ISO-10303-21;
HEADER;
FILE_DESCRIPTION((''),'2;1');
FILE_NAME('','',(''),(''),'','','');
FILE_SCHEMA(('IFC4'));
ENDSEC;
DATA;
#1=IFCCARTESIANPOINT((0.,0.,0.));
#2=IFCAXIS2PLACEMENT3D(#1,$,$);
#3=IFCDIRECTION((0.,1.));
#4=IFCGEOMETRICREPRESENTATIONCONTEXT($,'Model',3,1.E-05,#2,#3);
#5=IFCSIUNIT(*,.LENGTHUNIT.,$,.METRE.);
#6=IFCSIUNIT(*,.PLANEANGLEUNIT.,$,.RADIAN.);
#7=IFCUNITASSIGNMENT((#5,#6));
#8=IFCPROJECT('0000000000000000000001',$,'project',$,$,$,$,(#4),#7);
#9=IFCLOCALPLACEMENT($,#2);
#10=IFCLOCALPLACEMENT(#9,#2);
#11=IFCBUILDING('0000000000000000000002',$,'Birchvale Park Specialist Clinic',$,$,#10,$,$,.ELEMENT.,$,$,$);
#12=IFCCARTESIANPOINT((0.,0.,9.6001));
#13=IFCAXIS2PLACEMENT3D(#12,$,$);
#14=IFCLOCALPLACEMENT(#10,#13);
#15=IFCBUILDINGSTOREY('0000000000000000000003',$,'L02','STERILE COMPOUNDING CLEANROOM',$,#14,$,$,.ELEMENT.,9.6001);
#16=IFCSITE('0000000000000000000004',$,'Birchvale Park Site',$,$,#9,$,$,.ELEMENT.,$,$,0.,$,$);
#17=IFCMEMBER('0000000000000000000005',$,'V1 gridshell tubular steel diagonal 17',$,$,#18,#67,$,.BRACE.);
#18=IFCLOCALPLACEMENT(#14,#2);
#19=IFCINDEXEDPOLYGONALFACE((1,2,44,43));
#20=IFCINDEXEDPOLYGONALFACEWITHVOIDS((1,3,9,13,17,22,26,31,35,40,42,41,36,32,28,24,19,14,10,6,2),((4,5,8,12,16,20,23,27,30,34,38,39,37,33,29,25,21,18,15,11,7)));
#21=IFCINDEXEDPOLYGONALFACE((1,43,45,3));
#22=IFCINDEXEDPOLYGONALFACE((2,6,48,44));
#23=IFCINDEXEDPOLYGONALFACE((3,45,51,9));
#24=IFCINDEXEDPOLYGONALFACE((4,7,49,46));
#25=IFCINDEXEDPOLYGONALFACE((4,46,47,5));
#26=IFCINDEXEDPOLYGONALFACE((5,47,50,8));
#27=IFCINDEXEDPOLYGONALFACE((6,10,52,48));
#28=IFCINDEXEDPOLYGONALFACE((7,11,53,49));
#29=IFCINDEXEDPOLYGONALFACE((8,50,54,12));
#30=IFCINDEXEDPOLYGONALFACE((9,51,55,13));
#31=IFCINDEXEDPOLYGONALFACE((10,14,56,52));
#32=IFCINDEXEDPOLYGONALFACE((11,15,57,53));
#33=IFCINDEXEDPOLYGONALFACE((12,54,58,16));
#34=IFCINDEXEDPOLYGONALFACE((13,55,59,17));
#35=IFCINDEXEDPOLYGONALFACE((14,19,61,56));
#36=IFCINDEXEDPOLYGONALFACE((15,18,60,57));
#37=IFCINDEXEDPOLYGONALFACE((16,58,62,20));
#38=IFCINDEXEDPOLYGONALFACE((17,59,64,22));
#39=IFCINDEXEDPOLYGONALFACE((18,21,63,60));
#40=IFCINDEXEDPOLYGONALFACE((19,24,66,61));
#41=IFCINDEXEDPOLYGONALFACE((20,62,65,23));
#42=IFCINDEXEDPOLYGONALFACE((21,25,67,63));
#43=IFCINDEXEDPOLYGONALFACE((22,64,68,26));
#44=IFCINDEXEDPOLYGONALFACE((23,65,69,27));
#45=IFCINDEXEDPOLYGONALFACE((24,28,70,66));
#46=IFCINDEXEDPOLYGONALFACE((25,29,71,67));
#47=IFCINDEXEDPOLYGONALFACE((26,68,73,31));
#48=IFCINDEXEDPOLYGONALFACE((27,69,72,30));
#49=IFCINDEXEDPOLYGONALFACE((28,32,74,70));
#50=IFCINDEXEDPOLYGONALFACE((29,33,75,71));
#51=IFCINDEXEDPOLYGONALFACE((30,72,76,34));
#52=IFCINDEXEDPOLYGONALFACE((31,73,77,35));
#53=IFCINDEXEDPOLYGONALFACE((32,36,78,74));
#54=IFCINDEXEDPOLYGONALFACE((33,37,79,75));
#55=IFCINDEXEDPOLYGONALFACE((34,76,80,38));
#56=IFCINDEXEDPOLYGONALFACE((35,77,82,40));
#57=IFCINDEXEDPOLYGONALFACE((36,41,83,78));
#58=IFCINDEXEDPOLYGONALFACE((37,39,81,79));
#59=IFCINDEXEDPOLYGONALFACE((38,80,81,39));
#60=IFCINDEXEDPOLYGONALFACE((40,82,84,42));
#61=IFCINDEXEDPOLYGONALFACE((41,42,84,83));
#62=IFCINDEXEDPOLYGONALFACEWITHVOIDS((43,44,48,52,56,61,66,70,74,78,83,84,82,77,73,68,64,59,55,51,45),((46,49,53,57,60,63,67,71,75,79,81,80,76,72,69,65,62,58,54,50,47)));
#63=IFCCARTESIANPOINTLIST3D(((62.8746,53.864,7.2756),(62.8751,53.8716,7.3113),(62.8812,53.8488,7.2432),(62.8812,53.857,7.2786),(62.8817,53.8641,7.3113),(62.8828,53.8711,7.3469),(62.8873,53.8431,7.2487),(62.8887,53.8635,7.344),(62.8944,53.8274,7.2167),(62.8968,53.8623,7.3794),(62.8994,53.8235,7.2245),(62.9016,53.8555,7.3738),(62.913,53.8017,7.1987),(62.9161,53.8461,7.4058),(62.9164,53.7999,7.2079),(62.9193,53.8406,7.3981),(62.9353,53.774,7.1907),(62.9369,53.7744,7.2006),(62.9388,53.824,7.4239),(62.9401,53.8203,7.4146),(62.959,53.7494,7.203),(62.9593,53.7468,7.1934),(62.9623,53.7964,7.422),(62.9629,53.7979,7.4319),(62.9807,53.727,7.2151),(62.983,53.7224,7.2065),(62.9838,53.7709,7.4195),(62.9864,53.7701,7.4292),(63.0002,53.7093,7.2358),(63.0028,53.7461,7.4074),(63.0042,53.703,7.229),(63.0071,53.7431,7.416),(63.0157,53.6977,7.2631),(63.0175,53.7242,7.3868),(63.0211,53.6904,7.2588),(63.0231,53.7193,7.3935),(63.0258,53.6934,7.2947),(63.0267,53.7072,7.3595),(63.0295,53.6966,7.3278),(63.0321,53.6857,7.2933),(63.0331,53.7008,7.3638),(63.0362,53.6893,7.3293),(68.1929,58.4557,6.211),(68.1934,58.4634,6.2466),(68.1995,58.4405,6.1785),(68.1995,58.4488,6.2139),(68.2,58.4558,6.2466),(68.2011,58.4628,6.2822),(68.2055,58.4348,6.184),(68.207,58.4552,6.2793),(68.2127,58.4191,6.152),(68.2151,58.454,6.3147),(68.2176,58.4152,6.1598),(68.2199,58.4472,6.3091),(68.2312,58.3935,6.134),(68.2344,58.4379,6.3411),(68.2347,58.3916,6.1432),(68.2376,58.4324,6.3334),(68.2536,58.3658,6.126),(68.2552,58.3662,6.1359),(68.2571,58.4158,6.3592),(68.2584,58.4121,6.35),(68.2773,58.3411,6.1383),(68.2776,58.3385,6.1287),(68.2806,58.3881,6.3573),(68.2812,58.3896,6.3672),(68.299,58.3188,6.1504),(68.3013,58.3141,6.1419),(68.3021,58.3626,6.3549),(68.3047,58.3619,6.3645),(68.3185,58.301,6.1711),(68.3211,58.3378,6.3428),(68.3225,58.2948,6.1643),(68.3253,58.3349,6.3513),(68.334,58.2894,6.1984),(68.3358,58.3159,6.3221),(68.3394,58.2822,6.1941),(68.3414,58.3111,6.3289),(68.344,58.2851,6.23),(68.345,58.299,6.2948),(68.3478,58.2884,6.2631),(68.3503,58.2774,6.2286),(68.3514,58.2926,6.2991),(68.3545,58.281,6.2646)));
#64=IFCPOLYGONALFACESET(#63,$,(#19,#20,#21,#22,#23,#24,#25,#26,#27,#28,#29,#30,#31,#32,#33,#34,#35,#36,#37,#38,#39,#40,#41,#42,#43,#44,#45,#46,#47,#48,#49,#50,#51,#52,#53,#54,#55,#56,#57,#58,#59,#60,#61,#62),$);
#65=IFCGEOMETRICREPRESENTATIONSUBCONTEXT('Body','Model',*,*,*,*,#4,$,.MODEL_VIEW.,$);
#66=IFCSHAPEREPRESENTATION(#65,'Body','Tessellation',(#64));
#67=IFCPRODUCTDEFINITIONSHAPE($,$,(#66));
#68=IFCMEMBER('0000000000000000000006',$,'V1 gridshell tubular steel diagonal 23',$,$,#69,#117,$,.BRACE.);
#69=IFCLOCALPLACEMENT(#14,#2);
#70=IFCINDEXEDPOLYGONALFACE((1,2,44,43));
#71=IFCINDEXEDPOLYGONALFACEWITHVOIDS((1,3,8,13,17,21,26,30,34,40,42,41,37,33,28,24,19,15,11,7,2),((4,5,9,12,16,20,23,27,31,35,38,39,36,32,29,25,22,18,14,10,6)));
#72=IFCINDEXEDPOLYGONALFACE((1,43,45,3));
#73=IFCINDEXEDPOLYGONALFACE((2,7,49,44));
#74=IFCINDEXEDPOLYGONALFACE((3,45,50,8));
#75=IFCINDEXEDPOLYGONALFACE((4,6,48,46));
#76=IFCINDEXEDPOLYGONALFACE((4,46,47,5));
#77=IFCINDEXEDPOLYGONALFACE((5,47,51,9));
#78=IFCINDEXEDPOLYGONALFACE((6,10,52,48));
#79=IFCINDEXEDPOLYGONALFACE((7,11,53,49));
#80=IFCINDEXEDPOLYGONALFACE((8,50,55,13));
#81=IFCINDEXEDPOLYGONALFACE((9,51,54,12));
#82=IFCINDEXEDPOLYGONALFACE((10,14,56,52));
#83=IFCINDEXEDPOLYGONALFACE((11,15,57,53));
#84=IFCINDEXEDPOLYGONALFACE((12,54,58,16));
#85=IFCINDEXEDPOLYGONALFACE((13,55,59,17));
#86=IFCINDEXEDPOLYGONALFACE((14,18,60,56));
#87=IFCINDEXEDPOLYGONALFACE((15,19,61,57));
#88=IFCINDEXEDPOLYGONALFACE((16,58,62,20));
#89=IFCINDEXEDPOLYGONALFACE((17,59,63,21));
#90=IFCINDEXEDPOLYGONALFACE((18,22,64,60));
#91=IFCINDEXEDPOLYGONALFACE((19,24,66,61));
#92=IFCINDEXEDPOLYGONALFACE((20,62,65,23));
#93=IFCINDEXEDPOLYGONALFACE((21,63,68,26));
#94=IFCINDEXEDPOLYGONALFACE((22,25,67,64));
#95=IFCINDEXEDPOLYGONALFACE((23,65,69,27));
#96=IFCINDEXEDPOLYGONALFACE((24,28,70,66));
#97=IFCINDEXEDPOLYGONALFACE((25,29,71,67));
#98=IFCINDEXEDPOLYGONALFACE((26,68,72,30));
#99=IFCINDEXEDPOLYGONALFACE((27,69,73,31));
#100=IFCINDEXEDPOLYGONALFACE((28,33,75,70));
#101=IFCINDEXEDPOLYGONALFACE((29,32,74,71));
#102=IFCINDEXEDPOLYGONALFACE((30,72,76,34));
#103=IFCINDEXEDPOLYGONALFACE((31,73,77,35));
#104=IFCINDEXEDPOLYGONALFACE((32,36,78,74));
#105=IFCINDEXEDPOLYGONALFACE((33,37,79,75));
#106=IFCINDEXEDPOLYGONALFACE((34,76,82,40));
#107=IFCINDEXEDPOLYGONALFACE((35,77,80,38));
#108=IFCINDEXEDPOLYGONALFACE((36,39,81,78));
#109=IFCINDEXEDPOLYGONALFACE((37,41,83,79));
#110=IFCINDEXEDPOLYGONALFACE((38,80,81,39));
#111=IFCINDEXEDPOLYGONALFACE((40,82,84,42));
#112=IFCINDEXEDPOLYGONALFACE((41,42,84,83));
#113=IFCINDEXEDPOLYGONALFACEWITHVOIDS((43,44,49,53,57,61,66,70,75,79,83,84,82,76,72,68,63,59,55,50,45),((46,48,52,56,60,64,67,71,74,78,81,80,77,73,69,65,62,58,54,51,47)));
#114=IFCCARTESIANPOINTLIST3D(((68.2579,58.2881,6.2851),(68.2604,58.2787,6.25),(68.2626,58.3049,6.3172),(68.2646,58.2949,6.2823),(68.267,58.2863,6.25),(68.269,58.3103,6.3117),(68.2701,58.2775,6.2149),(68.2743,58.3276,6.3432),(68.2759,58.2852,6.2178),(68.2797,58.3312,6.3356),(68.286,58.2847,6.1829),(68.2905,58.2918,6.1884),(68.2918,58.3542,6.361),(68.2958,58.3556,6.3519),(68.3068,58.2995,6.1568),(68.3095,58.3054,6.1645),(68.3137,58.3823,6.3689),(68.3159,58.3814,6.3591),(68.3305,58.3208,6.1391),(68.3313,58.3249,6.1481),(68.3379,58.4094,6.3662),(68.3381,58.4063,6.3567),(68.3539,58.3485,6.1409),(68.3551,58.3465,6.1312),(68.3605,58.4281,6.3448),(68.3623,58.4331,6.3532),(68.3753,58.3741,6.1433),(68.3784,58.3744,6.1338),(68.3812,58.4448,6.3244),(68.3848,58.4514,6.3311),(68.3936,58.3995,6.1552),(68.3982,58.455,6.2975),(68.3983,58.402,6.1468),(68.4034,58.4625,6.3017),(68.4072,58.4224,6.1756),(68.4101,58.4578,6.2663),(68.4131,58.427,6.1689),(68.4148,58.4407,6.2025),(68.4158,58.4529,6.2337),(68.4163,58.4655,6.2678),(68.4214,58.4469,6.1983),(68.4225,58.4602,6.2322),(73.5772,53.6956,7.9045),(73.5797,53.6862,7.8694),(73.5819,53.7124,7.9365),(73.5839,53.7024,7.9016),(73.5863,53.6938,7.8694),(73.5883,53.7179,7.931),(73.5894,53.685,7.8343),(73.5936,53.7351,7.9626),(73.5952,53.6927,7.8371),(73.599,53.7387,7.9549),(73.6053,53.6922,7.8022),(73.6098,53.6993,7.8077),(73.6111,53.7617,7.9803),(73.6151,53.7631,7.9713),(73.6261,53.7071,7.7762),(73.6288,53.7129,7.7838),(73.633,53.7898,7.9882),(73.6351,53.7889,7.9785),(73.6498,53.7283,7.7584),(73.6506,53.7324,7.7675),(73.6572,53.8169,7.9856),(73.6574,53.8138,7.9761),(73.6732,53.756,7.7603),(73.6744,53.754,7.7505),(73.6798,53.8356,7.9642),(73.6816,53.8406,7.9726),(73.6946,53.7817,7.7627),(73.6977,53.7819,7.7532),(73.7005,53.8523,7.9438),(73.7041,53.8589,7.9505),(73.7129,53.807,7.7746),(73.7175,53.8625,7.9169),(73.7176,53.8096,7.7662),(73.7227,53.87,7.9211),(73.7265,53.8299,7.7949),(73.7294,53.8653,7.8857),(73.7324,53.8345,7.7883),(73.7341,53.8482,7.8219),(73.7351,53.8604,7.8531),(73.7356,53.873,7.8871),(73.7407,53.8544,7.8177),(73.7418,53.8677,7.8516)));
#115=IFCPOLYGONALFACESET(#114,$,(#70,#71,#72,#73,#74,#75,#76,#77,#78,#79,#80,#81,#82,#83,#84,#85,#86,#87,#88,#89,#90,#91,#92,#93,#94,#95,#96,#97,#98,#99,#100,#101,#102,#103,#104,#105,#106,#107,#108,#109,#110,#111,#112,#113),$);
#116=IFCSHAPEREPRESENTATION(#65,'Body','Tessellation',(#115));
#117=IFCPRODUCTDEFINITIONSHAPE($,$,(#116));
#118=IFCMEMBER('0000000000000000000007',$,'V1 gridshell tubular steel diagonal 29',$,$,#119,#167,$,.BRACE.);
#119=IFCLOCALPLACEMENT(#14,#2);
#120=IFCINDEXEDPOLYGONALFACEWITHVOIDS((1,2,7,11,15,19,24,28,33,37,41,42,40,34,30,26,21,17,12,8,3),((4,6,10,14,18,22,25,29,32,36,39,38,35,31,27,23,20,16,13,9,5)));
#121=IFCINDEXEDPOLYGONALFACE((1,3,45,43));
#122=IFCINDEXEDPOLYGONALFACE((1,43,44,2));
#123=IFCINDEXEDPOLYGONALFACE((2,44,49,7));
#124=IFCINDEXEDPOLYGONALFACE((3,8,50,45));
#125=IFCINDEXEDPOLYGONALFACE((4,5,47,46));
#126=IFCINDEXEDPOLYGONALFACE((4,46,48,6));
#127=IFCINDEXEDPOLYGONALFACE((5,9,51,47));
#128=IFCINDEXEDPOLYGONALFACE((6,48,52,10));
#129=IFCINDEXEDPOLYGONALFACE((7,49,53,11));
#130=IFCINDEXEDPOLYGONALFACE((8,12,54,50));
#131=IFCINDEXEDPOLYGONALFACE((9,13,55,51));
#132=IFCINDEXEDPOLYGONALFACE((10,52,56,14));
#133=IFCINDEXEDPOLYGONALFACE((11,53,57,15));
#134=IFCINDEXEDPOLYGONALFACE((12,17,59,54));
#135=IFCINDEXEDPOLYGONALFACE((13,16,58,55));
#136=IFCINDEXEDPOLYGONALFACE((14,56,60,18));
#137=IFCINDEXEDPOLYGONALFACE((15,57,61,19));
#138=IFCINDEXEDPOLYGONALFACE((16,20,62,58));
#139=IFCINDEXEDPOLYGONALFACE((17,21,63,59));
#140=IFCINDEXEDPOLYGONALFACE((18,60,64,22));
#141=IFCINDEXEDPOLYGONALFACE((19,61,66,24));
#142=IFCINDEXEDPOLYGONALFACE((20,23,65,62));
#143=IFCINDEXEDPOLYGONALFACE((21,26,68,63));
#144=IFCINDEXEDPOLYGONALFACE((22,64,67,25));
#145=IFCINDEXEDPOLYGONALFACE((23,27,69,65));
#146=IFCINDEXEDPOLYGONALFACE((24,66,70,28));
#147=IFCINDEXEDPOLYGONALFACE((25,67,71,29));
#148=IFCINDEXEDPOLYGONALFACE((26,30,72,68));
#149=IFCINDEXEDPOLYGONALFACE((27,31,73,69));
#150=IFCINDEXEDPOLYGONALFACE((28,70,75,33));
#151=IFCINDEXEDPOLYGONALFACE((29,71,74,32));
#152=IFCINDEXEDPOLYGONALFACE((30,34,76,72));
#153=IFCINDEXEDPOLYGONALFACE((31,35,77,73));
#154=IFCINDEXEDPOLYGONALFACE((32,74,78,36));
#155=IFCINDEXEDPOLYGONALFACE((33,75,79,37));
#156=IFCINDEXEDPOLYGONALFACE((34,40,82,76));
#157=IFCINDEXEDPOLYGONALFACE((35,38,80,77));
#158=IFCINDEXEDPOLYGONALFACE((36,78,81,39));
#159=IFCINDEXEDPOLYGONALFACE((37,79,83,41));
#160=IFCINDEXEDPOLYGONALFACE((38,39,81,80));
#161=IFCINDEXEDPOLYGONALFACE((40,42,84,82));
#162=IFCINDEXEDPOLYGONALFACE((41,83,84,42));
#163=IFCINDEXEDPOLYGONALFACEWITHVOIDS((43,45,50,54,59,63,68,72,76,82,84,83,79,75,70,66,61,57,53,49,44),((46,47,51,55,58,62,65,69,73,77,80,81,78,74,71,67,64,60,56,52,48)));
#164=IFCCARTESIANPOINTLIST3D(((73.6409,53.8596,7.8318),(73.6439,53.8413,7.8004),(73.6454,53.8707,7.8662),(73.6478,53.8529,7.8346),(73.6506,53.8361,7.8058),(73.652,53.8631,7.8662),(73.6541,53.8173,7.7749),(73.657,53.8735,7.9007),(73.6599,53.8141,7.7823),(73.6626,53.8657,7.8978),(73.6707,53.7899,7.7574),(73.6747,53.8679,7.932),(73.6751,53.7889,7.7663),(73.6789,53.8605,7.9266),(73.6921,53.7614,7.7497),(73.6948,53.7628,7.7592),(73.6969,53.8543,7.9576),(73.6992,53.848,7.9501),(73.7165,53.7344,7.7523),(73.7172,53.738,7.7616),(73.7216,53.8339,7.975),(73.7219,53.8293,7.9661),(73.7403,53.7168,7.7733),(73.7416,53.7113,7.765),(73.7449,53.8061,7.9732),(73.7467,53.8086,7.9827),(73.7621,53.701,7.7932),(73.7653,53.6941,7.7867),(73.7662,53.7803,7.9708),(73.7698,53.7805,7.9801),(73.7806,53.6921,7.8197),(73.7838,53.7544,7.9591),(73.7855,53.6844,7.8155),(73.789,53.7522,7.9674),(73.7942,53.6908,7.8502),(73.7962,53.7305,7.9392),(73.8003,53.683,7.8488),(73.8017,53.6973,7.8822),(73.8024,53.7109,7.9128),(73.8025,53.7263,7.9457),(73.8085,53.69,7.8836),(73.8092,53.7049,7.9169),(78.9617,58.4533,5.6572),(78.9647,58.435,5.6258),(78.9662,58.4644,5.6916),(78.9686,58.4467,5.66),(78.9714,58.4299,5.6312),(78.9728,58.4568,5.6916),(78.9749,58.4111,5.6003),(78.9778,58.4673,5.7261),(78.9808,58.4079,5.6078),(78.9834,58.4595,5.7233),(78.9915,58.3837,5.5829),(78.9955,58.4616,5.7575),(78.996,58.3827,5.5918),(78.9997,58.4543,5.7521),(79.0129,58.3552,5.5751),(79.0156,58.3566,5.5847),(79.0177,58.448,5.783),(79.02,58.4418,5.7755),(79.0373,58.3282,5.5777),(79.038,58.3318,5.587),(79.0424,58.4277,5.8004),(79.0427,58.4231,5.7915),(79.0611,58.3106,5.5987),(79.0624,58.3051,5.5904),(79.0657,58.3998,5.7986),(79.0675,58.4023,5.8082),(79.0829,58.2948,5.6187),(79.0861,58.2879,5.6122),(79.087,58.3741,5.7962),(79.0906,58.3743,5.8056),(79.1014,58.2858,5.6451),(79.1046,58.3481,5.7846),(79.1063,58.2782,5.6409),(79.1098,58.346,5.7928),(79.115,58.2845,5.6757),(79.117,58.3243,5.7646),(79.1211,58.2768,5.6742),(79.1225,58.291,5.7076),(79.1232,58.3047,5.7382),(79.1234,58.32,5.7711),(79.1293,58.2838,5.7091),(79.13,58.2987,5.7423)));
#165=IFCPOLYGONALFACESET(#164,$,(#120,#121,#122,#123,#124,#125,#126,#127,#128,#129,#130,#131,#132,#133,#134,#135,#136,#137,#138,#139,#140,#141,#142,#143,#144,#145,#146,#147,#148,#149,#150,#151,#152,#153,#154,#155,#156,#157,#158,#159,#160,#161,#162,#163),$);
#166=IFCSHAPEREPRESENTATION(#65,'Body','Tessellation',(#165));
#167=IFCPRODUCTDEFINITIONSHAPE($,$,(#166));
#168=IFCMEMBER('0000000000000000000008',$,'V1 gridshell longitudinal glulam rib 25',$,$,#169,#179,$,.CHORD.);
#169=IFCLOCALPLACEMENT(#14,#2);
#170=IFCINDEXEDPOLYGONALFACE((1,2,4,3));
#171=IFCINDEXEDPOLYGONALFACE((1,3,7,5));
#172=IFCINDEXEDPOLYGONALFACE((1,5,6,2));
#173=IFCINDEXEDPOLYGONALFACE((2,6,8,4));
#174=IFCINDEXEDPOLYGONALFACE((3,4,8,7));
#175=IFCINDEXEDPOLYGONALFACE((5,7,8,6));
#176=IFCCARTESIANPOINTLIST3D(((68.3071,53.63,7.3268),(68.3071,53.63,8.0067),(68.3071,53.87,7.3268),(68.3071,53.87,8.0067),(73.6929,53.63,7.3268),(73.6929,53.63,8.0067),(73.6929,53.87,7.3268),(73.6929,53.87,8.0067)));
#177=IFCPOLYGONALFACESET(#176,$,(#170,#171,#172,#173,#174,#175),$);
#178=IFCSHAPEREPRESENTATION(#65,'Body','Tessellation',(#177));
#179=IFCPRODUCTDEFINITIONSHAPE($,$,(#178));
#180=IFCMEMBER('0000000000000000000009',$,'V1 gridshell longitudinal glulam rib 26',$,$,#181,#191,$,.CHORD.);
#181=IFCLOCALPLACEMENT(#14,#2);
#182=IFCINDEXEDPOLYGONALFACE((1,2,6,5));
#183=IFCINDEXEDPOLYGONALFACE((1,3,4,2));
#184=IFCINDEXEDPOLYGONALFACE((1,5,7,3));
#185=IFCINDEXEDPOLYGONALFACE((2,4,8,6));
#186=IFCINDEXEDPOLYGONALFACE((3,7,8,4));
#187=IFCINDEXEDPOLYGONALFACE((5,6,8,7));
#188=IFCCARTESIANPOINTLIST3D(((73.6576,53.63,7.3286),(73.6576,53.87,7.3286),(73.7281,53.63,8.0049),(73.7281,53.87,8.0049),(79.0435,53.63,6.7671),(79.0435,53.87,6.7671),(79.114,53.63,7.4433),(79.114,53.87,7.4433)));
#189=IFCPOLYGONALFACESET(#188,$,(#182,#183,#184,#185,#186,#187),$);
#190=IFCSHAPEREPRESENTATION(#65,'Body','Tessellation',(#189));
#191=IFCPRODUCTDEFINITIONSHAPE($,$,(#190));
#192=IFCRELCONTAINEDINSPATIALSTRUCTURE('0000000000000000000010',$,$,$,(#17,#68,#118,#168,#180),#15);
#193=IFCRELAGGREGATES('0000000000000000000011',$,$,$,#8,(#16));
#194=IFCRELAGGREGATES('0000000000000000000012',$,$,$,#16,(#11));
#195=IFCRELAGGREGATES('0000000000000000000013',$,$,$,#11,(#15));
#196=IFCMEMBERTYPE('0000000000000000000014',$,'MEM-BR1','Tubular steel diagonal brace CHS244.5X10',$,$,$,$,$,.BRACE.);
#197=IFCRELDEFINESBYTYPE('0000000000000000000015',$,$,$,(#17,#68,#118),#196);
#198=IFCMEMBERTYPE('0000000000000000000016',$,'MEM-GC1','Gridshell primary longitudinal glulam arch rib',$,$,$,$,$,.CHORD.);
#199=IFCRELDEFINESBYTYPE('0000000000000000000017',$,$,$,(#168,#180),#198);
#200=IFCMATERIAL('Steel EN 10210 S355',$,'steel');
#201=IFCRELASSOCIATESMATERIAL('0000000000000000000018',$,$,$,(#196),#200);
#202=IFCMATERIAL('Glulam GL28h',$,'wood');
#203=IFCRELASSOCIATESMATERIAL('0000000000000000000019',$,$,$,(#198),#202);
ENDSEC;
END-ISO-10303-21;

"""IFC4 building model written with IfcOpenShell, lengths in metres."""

from ifc_helpers import new_model, si_unit, direction, frame, origin, origin_2d, place, context, subcontext, project, spatial, rectangle, hollow_circle, extrude, material, material_profile, profile_set, type_object, element, save


model = new_model("IFC4")

# Units and contexts
model_context = context("Model", 3, precision=1e-05, world=origin(), true_north=direction((0.0, 1.0)))
body_context = subcontext(model_context, "Body", "Model", "MODEL_VIEW")
ifc_project = project(units=[si_unit("LENGTHUNIT", "METRE"), si_unit("PLANEANGLEUNIT", "RADIAN")], contexts=[model_context])

# Site, building, storey
site_placement = place(None, origin())
site = spatial("IfcSite", under=ifc_project, at=site_placement, Name="Birchvale Park Site", CompositionType="ELEMENT", RefElevation=0.0)
building_placement = place(site_placement, origin())
building = spatial("IfcBuilding", under=site, at=building_placement, Name="Birchvale Park Specialist Clinic", CompositionType="ELEMENT")
storey_placement = place(building_placement, frame((0.0, 0.0, 9.6001)))
storey = spatial("IfcBuildingStorey", under=building, at=storey_placement, Name="L02", Description="STERILE COMPOUNDING CLEANROOM", CompositionType="ELEMENT", Elevation=9.6001)

# Members
ifc_material_1 = material(Name="Steel EN 10210 S355", Category="steel")
ifc_material_profile_1 = material_profile(ifc_material_1, hollow_circle(Radius=0.1223, WallThickness=0.01, at=origin_2d()), Name="CHS244.5X10")
ifc_profile_set_1 = profile_set([ifc_material_profile_1], Name="Steel EN 10210 S355")
member_type_1 = type_object("IfcMemberType", Name="MEM-BR1", Description="Tubular steel diagonal brace CHS244.5X10", PredefinedType="BRACE", material=ifc_profile_set_1)
member_1_placement = place(storey_placement, frame((62.9551, 53.7791, 7.3113), z_axis=(0.748374, 0.646135, -0.149819), x_axis=(-0.653511, 0.756917, 0.0)))
element("IfcMember", 1, at=member_1_placement, inside=storey, type_object=member_type_1, Name="V1 gridshell tubular steel diagonal 17", PredefinedType="BRACE", context=body_context, shape_type="SweptSolid", body=[
    extrude(hollow_circle(Radius=0.1223, WallThickness=0.01, at=origin_2d()), origin(), (0.0, 0.0, 1.0), 7.1064),
])
member_2_placement = place(storey_placement, frame((73.6597, 53.7788, 7.8694), z_axis=(-0.737595, 0.636814, -0.224549), x_axis=(-0.653502, -0.756925, 0.0)))
element("IfcMember", 2, at=member_2_placement, inside=storey, type_object=member_type_1, Name="V1 gridshell tubular steel diagonal 23", PredefinedType="BRACE", context=body_context, shape_type="SweptSolid", body=[
    extrude(hollow_circle(Radius=0.1223, WallThickness=0.01, at=origin_2d()), origin(), (0.0, 0.0, 1.0), 7.2117),
])
member_3_placement = place(storey_placement, frame((73.7253, 53.7781, 7.8662), z_axis=(0.723118, 0.624309, -0.295531), x_axis=(-0.653499, 0.756928, 0.0)))
element("IfcMember", 3, at=member_3_placement, inside=storey, type_object=member_type_1, Name="V1 gridshell tubular steel diagonal 29", PredefinedType="BRACE", context=body_context, shape_type="SweptSolid", body=[
    extrude(hollow_circle(Radius=0.1223, WallThickness=0.01, at=origin_2d()), origin(), (0.0, 0.0, 1.0), 7.3582),
])
ifc_material_2 = material(Name="Glulam GL28h", Category="wood")
ifc_material_profile_2 = material_profile(ifc_material_2, rectangle(XDim=0.24, YDim=0.6799, at=origin_2d()), Name="GL-240x680")
ifc_profile_set_2 = profile_set([ifc_material_profile_2], Name="Glulam GL28h")
member_type_2 = type_object("IfcMemberType", Name="MEM-GC1", Description="Gridshell primary longitudinal glulam arch rib", PredefinedType="CHORD", material=ifc_profile_set_2)
member_4_placement = place(storey_placement, frame((68.3071, 53.75, 7.6667), z_axis=(1.0, 0.0, 0.0), x_axis=(0.0, 1.0, 0.0)))
element("IfcMember", 4, at=member_4_placement, inside=storey, type_object=member_type_2, Name="V1 gridshell longitudinal glulam rib 25", PredefinedType="CHORD", context=body_context, shape_type="SweptSolid", body=[
    extrude(rectangle(XDim=0.24, YDim=0.6799, at=origin_2d()), origin(), (0.0, 0.0, 1.0), 5.3857),
])
member_5_placement = place(storey_placement, frame((73.6929, 53.75, 7.6667), z_axis=(0.994609, 0.0, -0.103699), x_axis=(0.0, 1.0, 0.0)))
element("IfcMember", 5, at=member_5_placement, inside=storey, type_object=member_type_2, Name="V1 gridshell longitudinal glulam rib 26", PredefinedType="CHORD", context=body_context, shape_type="SweptSolid", body=[
    extrude(rectangle(XDim=0.24, YDim=0.6799, at=origin_2d()), origin(), (0.0, 0.0, 1.0), 5.415),
])

save(model, "model.ifc")
